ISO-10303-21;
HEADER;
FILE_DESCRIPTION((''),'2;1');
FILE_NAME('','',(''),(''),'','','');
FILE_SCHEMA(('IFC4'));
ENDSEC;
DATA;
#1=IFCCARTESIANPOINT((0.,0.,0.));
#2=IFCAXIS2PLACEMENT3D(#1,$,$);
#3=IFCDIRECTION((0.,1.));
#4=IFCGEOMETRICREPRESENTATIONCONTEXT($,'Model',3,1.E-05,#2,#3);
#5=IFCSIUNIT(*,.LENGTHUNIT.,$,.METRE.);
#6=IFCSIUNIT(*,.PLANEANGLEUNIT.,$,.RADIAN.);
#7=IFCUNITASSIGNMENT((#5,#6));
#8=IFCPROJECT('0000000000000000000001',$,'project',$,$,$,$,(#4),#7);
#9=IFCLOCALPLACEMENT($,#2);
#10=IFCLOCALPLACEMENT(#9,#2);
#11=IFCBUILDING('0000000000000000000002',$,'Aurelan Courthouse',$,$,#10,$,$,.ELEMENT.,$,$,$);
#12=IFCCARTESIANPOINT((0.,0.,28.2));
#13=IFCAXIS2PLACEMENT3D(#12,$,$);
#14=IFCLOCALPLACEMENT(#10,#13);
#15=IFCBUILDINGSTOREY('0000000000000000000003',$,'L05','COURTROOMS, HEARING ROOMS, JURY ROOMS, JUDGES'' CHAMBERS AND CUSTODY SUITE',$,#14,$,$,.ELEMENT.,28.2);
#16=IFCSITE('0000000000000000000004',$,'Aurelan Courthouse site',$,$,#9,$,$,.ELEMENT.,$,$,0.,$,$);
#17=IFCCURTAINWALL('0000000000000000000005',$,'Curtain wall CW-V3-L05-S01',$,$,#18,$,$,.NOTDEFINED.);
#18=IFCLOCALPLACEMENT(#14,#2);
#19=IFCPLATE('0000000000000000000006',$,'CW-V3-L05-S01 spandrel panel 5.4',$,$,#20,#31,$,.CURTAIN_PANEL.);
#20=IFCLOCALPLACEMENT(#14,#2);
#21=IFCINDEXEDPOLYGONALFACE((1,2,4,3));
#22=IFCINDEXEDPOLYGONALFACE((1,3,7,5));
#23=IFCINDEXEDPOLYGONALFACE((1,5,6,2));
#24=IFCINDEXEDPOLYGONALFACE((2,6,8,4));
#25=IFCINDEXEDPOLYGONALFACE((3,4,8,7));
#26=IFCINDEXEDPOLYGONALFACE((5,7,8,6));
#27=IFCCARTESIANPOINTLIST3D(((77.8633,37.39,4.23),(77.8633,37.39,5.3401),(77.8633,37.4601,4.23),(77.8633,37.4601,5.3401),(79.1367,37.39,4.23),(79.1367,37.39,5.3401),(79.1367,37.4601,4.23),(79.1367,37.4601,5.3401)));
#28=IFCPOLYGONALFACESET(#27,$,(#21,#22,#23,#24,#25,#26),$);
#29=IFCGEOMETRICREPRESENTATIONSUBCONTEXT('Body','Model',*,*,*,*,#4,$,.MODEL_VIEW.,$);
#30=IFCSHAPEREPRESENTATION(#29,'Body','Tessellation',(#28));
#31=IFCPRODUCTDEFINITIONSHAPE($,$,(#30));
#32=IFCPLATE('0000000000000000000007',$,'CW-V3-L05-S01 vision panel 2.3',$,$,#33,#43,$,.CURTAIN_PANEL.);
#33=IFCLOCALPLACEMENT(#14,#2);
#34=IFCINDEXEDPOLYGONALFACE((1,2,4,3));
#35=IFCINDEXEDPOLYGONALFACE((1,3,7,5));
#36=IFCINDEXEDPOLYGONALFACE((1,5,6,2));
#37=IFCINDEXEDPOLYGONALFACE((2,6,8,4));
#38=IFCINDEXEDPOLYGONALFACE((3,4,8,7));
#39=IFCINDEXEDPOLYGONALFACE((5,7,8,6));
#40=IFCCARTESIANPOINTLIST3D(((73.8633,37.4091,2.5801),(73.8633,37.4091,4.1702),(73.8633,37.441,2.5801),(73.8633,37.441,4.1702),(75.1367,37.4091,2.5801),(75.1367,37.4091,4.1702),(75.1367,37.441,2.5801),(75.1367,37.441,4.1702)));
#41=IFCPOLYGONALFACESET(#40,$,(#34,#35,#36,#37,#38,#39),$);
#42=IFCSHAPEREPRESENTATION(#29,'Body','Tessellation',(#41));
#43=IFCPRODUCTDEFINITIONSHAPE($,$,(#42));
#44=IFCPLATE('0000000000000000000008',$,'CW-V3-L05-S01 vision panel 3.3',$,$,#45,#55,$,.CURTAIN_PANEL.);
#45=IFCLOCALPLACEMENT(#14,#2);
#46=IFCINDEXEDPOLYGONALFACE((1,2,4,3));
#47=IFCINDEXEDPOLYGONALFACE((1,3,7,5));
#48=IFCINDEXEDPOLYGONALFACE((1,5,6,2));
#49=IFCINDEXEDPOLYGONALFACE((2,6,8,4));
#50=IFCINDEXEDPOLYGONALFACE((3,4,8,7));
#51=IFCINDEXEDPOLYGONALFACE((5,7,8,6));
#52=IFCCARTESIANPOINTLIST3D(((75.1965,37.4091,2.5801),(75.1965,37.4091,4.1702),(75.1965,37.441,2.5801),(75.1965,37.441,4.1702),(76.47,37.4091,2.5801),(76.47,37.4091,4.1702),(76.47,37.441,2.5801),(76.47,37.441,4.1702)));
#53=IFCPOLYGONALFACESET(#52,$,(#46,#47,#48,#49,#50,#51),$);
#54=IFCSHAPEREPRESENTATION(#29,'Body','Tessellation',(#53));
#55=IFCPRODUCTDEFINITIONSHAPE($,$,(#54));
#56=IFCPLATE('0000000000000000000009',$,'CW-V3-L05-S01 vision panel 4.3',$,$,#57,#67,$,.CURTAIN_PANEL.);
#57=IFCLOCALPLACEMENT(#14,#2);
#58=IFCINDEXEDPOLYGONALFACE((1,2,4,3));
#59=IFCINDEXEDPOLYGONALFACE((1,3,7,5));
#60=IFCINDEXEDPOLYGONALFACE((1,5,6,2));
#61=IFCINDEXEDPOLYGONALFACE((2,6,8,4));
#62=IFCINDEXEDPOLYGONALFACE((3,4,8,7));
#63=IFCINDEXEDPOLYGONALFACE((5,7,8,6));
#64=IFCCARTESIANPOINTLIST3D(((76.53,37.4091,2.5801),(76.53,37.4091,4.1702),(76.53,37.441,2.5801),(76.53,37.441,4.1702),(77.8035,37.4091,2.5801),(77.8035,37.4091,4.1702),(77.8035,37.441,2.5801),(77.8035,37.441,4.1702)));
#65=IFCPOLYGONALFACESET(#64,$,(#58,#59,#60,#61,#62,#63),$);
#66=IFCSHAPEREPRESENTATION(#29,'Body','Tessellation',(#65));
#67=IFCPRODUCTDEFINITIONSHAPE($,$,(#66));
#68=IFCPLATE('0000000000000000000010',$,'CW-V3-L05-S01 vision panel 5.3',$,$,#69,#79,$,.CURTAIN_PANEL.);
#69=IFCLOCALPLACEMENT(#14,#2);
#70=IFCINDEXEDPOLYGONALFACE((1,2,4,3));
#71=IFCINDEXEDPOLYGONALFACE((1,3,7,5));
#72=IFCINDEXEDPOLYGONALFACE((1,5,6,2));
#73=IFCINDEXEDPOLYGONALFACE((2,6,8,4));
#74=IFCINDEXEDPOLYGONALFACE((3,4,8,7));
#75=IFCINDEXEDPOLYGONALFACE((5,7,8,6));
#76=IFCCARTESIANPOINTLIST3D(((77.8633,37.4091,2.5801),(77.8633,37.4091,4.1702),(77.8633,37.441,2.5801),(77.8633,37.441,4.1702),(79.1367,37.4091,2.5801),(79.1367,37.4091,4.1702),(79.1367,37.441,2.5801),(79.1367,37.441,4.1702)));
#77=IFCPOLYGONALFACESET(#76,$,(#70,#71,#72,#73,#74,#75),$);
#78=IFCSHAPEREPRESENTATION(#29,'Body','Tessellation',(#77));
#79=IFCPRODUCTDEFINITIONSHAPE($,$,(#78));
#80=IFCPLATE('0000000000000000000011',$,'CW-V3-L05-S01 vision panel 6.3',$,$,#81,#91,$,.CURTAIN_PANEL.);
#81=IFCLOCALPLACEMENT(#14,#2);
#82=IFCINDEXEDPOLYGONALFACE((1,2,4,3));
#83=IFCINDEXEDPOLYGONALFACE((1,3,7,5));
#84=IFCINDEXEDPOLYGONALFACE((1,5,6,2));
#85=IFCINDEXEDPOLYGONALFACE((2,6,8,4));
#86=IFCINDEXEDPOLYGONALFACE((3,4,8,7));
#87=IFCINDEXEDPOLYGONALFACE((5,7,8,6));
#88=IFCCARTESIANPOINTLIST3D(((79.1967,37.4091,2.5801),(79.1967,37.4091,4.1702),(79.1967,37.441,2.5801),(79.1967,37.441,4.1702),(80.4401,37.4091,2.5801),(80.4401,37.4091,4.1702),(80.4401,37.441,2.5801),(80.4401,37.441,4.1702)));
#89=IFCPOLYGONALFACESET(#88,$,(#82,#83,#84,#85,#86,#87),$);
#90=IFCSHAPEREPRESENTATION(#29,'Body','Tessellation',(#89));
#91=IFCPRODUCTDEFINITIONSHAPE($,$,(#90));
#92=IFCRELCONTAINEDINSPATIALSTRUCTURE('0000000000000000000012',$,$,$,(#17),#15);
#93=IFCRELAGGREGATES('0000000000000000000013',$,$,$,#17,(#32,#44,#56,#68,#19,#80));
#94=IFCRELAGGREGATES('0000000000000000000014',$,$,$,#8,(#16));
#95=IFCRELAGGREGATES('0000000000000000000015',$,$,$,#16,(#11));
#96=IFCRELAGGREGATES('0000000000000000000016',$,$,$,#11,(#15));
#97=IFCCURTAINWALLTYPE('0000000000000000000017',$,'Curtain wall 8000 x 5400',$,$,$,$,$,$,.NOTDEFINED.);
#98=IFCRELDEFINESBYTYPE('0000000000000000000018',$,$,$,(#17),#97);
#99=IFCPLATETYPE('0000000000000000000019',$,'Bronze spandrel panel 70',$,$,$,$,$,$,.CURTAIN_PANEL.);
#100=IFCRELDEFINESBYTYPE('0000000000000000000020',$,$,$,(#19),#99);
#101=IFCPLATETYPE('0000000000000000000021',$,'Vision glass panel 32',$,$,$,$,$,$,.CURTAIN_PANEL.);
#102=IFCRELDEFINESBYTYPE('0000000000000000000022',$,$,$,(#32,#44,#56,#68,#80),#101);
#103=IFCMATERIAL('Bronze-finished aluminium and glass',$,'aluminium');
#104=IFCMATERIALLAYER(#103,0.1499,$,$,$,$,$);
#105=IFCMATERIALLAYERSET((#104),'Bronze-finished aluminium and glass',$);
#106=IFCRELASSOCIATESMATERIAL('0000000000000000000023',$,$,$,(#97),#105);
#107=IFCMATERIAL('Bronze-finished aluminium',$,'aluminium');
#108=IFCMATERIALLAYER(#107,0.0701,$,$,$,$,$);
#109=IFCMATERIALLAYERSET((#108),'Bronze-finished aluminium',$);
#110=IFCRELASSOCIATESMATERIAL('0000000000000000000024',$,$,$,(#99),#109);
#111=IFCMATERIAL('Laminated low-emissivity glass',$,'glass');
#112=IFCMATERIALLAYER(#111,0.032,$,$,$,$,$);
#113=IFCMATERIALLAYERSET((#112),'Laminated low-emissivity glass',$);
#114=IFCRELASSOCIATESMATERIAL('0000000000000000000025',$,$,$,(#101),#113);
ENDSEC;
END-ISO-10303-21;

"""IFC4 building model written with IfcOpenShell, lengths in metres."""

from ifc_helpers import new_model, si_unit, direction, frame, origin, origin_2d, place, context, subcontext, project, spatial, rectangle, extrude, material, layer, layer_set, type_object, element, aggregate, save


model = new_model("IFC4")

# Units and contexts
model_context = context("Model", 3, precision=1e-05, world=origin(), true_north=direction((0.0, 1.0)))
body_context = subcontext(model_context, "Body", "Model", "MODEL_VIEW")
ifc_project = project(units=[si_unit("LENGTHUNIT", "METRE"), si_unit("PLANEANGLEUNIT", "RADIAN")], contexts=[model_context])

# Site, building, storey
site_placement = place(None, origin())
site = spatial("IfcSite", under=ifc_project, at=site_placement, Name="Aurelan Courthouse site", CompositionType="ELEMENT", RefElevation=0.0)
building_placement = place(site_placement, origin())
building = spatial("IfcBuilding", under=site, at=building_placement, Name="Aurelan Courthouse", CompositionType="ELEMENT")
storey_placement = place(building_placement, frame((0.0, 0.0, 28.2)))
storey = spatial("IfcBuildingStorey", under=building, at=storey_placement, Name="L05", Description="COURTROOMS, HEARING ROOMS, JURY ROOMS, JUDGES' CHAMBERS AND CUSTODY SUITE", CompositionType="ELEMENT", Elevation=28.2)

# Curtain wall, plates
ifc_material_1 = material(Name="Bronze-finished aluminium and glass", Category="aluminium")
ifc_layer_1 = layer(ifc_material_1, 0.1499)
ifc_layer_set_1 = layer_set([ifc_layer_1], Name="Bronze-finished aluminium and glass")
curtain_wall_type = type_object("IfcCurtainWallType", Name="Curtain wall 8000 x 5400", PredefinedType="NOTDEFINED", material=ifc_layer_set_1)
curtain_wall_placement = place(storey_placement, origin())
curtain_wall = element("IfcCurtainWall", 1, at=curtain_wall_placement, inside=storey, type_object=curtain_wall_type, Name="Curtain wall CW-V3-L05-S01", PredefinedType="NOTDEFINED")
ifc_material_2 = material(Name="Bronze-finished aluminium", Category="aluminium")
ifc_layer_2 = layer(ifc_material_2, 0.0701)
ifc_layer_set_2 = layer_set([ifc_layer_2], Name="Bronze-finished aluminium")
plate_type_1 = type_object("IfcPlateType", Name="Bronze spandrel panel 70", PredefinedType="CURTAIN_PANEL", material=ifc_layer_set_2)
plate_1_placement = place(storey_placement, frame((78.5, 37.425, 4.23), z_axis=(0.0, 0.0, 1.0), x_axis=(1.0, 0.0, 0.0)))
plate_1 = element("IfcPlate", 2, at=plate_1_placement, type_object=plate_type_1, Name="CW-V3-L05-S01 spandrel panel 5.4", PredefinedType="CURTAIN_PANEL", context=body_context, shape_type="SweptSolid", body=[
    extrude(rectangle(XDim=1.2734, YDim=0.0701, at=origin_2d()), origin(), (0.0, 0.0, 1.0), 1.1101),
])
ifc_material_3 = material(Name="Laminated low-emissivity glass", Category="glass")
ifc_layer_3 = layer(ifc_material_3, 0.032)
ifc_layer_set_3 = layer_set([ifc_layer_3], Name="Laminated low-emissivity glass")
plate_type_2 = type_object("IfcPlateType", Name="Vision glass panel 32", PredefinedType="CURTAIN_PANEL", material=ifc_layer_set_3)
plate_2_placement = place(storey_placement, frame((74.5, 37.425, 2.5801), z_axis=(0.0, 0.0, 1.0), x_axis=(1.0, 0.0, 0.0)))
plate_2 = element("IfcPlate", 3, at=plate_2_placement, type_object=plate_type_2, Name="CW-V3-L05-S01 vision panel 2.3", PredefinedType="CURTAIN_PANEL", context=body_context, shape_type="SweptSolid", body=[
    extrude(rectangle(XDim=1.2734, YDim=0.032, at=origin_2d()), origin(), (0.0, 0.0, 1.0), 1.5901),
])
plate_3_placement = place(storey_placement, frame((75.8333, 37.425, 2.5801), z_axis=(0.0, 0.0, 1.0), x_axis=(1.0, 0.0, 0.0)))
plate_3 = element("IfcPlate", 4, at=plate_3_placement, type_object=plate_type_2, Name="CW-V3-L05-S01 vision panel 3.3", PredefinedType="CURTAIN_PANEL", context=body_context, shape_type="SweptSolid", body=[
    extrude(rectangle(XDim=1.2734, YDim=0.032, at=origin_2d()), origin(), (0.0, 0.0, 1.0), 1.5901),
])
plate_4_placement = place(storey_placement, frame((77.1667, 37.425, 2.5801), z_axis=(0.0, 0.0, 1.0), x_axis=(1.0, 0.0, 0.0)))
plate_4 = element("IfcPlate", 5, at=plate_4_placement, type_object=plate_type_2, Name="CW-V3-L05-S01 vision panel 4.3", PredefinedType="CURTAIN_PANEL", context=body_context, shape_type="SweptSolid", body=[
    extrude(rectangle(XDim=1.2734, YDim=0.032, at=origin_2d()), origin(), (0.0, 0.0, 1.0), 1.5901),
])
plate_5_placement = place(storey_placement, frame((78.5, 37.425, 2.5801), z_axis=(0.0, 0.0, 1.0), x_axis=(1.0, 0.0, 0.0)))
plate_5 = element("IfcPlate", 6, at=plate_5_placement, type_object=plate_type_2, Name="CW-V3-L05-S01 vision panel 5.3", PredefinedType="CURTAIN_PANEL", context=body_context, shape_type="SweptSolid", body=[
    extrude(rectangle(XDim=1.2734, YDim=0.032, at=origin_2d()), origin(), (0.0, 0.0, 1.0), 1.5901),
])
plate_6_placement = place(storey_placement, frame((79.8184, 37.425, 2.5801), z_axis=(0.0, 0.0, 1.0), x_axis=(1.0, 0.0, 0.0)))
plate_6 = element("IfcPlate", 7, at=plate_6_placement, type_object=plate_type_2, Name="CW-V3-L05-S01 vision panel 6.3", PredefinedType="CURTAIN_PANEL", context=body_context, shape_type="SweptSolid", body=[
    extrude(rectangle(XDim=1.2434, YDim=0.032, at=origin_2d()), origin(), (0.0, 0.0, 1.0), 1.5901),
])
aggregate(curtain_wall, [plate_2, plate_3, plate_4, plate_5, plate_1, plate_6])

save(model, "model.ifc")
